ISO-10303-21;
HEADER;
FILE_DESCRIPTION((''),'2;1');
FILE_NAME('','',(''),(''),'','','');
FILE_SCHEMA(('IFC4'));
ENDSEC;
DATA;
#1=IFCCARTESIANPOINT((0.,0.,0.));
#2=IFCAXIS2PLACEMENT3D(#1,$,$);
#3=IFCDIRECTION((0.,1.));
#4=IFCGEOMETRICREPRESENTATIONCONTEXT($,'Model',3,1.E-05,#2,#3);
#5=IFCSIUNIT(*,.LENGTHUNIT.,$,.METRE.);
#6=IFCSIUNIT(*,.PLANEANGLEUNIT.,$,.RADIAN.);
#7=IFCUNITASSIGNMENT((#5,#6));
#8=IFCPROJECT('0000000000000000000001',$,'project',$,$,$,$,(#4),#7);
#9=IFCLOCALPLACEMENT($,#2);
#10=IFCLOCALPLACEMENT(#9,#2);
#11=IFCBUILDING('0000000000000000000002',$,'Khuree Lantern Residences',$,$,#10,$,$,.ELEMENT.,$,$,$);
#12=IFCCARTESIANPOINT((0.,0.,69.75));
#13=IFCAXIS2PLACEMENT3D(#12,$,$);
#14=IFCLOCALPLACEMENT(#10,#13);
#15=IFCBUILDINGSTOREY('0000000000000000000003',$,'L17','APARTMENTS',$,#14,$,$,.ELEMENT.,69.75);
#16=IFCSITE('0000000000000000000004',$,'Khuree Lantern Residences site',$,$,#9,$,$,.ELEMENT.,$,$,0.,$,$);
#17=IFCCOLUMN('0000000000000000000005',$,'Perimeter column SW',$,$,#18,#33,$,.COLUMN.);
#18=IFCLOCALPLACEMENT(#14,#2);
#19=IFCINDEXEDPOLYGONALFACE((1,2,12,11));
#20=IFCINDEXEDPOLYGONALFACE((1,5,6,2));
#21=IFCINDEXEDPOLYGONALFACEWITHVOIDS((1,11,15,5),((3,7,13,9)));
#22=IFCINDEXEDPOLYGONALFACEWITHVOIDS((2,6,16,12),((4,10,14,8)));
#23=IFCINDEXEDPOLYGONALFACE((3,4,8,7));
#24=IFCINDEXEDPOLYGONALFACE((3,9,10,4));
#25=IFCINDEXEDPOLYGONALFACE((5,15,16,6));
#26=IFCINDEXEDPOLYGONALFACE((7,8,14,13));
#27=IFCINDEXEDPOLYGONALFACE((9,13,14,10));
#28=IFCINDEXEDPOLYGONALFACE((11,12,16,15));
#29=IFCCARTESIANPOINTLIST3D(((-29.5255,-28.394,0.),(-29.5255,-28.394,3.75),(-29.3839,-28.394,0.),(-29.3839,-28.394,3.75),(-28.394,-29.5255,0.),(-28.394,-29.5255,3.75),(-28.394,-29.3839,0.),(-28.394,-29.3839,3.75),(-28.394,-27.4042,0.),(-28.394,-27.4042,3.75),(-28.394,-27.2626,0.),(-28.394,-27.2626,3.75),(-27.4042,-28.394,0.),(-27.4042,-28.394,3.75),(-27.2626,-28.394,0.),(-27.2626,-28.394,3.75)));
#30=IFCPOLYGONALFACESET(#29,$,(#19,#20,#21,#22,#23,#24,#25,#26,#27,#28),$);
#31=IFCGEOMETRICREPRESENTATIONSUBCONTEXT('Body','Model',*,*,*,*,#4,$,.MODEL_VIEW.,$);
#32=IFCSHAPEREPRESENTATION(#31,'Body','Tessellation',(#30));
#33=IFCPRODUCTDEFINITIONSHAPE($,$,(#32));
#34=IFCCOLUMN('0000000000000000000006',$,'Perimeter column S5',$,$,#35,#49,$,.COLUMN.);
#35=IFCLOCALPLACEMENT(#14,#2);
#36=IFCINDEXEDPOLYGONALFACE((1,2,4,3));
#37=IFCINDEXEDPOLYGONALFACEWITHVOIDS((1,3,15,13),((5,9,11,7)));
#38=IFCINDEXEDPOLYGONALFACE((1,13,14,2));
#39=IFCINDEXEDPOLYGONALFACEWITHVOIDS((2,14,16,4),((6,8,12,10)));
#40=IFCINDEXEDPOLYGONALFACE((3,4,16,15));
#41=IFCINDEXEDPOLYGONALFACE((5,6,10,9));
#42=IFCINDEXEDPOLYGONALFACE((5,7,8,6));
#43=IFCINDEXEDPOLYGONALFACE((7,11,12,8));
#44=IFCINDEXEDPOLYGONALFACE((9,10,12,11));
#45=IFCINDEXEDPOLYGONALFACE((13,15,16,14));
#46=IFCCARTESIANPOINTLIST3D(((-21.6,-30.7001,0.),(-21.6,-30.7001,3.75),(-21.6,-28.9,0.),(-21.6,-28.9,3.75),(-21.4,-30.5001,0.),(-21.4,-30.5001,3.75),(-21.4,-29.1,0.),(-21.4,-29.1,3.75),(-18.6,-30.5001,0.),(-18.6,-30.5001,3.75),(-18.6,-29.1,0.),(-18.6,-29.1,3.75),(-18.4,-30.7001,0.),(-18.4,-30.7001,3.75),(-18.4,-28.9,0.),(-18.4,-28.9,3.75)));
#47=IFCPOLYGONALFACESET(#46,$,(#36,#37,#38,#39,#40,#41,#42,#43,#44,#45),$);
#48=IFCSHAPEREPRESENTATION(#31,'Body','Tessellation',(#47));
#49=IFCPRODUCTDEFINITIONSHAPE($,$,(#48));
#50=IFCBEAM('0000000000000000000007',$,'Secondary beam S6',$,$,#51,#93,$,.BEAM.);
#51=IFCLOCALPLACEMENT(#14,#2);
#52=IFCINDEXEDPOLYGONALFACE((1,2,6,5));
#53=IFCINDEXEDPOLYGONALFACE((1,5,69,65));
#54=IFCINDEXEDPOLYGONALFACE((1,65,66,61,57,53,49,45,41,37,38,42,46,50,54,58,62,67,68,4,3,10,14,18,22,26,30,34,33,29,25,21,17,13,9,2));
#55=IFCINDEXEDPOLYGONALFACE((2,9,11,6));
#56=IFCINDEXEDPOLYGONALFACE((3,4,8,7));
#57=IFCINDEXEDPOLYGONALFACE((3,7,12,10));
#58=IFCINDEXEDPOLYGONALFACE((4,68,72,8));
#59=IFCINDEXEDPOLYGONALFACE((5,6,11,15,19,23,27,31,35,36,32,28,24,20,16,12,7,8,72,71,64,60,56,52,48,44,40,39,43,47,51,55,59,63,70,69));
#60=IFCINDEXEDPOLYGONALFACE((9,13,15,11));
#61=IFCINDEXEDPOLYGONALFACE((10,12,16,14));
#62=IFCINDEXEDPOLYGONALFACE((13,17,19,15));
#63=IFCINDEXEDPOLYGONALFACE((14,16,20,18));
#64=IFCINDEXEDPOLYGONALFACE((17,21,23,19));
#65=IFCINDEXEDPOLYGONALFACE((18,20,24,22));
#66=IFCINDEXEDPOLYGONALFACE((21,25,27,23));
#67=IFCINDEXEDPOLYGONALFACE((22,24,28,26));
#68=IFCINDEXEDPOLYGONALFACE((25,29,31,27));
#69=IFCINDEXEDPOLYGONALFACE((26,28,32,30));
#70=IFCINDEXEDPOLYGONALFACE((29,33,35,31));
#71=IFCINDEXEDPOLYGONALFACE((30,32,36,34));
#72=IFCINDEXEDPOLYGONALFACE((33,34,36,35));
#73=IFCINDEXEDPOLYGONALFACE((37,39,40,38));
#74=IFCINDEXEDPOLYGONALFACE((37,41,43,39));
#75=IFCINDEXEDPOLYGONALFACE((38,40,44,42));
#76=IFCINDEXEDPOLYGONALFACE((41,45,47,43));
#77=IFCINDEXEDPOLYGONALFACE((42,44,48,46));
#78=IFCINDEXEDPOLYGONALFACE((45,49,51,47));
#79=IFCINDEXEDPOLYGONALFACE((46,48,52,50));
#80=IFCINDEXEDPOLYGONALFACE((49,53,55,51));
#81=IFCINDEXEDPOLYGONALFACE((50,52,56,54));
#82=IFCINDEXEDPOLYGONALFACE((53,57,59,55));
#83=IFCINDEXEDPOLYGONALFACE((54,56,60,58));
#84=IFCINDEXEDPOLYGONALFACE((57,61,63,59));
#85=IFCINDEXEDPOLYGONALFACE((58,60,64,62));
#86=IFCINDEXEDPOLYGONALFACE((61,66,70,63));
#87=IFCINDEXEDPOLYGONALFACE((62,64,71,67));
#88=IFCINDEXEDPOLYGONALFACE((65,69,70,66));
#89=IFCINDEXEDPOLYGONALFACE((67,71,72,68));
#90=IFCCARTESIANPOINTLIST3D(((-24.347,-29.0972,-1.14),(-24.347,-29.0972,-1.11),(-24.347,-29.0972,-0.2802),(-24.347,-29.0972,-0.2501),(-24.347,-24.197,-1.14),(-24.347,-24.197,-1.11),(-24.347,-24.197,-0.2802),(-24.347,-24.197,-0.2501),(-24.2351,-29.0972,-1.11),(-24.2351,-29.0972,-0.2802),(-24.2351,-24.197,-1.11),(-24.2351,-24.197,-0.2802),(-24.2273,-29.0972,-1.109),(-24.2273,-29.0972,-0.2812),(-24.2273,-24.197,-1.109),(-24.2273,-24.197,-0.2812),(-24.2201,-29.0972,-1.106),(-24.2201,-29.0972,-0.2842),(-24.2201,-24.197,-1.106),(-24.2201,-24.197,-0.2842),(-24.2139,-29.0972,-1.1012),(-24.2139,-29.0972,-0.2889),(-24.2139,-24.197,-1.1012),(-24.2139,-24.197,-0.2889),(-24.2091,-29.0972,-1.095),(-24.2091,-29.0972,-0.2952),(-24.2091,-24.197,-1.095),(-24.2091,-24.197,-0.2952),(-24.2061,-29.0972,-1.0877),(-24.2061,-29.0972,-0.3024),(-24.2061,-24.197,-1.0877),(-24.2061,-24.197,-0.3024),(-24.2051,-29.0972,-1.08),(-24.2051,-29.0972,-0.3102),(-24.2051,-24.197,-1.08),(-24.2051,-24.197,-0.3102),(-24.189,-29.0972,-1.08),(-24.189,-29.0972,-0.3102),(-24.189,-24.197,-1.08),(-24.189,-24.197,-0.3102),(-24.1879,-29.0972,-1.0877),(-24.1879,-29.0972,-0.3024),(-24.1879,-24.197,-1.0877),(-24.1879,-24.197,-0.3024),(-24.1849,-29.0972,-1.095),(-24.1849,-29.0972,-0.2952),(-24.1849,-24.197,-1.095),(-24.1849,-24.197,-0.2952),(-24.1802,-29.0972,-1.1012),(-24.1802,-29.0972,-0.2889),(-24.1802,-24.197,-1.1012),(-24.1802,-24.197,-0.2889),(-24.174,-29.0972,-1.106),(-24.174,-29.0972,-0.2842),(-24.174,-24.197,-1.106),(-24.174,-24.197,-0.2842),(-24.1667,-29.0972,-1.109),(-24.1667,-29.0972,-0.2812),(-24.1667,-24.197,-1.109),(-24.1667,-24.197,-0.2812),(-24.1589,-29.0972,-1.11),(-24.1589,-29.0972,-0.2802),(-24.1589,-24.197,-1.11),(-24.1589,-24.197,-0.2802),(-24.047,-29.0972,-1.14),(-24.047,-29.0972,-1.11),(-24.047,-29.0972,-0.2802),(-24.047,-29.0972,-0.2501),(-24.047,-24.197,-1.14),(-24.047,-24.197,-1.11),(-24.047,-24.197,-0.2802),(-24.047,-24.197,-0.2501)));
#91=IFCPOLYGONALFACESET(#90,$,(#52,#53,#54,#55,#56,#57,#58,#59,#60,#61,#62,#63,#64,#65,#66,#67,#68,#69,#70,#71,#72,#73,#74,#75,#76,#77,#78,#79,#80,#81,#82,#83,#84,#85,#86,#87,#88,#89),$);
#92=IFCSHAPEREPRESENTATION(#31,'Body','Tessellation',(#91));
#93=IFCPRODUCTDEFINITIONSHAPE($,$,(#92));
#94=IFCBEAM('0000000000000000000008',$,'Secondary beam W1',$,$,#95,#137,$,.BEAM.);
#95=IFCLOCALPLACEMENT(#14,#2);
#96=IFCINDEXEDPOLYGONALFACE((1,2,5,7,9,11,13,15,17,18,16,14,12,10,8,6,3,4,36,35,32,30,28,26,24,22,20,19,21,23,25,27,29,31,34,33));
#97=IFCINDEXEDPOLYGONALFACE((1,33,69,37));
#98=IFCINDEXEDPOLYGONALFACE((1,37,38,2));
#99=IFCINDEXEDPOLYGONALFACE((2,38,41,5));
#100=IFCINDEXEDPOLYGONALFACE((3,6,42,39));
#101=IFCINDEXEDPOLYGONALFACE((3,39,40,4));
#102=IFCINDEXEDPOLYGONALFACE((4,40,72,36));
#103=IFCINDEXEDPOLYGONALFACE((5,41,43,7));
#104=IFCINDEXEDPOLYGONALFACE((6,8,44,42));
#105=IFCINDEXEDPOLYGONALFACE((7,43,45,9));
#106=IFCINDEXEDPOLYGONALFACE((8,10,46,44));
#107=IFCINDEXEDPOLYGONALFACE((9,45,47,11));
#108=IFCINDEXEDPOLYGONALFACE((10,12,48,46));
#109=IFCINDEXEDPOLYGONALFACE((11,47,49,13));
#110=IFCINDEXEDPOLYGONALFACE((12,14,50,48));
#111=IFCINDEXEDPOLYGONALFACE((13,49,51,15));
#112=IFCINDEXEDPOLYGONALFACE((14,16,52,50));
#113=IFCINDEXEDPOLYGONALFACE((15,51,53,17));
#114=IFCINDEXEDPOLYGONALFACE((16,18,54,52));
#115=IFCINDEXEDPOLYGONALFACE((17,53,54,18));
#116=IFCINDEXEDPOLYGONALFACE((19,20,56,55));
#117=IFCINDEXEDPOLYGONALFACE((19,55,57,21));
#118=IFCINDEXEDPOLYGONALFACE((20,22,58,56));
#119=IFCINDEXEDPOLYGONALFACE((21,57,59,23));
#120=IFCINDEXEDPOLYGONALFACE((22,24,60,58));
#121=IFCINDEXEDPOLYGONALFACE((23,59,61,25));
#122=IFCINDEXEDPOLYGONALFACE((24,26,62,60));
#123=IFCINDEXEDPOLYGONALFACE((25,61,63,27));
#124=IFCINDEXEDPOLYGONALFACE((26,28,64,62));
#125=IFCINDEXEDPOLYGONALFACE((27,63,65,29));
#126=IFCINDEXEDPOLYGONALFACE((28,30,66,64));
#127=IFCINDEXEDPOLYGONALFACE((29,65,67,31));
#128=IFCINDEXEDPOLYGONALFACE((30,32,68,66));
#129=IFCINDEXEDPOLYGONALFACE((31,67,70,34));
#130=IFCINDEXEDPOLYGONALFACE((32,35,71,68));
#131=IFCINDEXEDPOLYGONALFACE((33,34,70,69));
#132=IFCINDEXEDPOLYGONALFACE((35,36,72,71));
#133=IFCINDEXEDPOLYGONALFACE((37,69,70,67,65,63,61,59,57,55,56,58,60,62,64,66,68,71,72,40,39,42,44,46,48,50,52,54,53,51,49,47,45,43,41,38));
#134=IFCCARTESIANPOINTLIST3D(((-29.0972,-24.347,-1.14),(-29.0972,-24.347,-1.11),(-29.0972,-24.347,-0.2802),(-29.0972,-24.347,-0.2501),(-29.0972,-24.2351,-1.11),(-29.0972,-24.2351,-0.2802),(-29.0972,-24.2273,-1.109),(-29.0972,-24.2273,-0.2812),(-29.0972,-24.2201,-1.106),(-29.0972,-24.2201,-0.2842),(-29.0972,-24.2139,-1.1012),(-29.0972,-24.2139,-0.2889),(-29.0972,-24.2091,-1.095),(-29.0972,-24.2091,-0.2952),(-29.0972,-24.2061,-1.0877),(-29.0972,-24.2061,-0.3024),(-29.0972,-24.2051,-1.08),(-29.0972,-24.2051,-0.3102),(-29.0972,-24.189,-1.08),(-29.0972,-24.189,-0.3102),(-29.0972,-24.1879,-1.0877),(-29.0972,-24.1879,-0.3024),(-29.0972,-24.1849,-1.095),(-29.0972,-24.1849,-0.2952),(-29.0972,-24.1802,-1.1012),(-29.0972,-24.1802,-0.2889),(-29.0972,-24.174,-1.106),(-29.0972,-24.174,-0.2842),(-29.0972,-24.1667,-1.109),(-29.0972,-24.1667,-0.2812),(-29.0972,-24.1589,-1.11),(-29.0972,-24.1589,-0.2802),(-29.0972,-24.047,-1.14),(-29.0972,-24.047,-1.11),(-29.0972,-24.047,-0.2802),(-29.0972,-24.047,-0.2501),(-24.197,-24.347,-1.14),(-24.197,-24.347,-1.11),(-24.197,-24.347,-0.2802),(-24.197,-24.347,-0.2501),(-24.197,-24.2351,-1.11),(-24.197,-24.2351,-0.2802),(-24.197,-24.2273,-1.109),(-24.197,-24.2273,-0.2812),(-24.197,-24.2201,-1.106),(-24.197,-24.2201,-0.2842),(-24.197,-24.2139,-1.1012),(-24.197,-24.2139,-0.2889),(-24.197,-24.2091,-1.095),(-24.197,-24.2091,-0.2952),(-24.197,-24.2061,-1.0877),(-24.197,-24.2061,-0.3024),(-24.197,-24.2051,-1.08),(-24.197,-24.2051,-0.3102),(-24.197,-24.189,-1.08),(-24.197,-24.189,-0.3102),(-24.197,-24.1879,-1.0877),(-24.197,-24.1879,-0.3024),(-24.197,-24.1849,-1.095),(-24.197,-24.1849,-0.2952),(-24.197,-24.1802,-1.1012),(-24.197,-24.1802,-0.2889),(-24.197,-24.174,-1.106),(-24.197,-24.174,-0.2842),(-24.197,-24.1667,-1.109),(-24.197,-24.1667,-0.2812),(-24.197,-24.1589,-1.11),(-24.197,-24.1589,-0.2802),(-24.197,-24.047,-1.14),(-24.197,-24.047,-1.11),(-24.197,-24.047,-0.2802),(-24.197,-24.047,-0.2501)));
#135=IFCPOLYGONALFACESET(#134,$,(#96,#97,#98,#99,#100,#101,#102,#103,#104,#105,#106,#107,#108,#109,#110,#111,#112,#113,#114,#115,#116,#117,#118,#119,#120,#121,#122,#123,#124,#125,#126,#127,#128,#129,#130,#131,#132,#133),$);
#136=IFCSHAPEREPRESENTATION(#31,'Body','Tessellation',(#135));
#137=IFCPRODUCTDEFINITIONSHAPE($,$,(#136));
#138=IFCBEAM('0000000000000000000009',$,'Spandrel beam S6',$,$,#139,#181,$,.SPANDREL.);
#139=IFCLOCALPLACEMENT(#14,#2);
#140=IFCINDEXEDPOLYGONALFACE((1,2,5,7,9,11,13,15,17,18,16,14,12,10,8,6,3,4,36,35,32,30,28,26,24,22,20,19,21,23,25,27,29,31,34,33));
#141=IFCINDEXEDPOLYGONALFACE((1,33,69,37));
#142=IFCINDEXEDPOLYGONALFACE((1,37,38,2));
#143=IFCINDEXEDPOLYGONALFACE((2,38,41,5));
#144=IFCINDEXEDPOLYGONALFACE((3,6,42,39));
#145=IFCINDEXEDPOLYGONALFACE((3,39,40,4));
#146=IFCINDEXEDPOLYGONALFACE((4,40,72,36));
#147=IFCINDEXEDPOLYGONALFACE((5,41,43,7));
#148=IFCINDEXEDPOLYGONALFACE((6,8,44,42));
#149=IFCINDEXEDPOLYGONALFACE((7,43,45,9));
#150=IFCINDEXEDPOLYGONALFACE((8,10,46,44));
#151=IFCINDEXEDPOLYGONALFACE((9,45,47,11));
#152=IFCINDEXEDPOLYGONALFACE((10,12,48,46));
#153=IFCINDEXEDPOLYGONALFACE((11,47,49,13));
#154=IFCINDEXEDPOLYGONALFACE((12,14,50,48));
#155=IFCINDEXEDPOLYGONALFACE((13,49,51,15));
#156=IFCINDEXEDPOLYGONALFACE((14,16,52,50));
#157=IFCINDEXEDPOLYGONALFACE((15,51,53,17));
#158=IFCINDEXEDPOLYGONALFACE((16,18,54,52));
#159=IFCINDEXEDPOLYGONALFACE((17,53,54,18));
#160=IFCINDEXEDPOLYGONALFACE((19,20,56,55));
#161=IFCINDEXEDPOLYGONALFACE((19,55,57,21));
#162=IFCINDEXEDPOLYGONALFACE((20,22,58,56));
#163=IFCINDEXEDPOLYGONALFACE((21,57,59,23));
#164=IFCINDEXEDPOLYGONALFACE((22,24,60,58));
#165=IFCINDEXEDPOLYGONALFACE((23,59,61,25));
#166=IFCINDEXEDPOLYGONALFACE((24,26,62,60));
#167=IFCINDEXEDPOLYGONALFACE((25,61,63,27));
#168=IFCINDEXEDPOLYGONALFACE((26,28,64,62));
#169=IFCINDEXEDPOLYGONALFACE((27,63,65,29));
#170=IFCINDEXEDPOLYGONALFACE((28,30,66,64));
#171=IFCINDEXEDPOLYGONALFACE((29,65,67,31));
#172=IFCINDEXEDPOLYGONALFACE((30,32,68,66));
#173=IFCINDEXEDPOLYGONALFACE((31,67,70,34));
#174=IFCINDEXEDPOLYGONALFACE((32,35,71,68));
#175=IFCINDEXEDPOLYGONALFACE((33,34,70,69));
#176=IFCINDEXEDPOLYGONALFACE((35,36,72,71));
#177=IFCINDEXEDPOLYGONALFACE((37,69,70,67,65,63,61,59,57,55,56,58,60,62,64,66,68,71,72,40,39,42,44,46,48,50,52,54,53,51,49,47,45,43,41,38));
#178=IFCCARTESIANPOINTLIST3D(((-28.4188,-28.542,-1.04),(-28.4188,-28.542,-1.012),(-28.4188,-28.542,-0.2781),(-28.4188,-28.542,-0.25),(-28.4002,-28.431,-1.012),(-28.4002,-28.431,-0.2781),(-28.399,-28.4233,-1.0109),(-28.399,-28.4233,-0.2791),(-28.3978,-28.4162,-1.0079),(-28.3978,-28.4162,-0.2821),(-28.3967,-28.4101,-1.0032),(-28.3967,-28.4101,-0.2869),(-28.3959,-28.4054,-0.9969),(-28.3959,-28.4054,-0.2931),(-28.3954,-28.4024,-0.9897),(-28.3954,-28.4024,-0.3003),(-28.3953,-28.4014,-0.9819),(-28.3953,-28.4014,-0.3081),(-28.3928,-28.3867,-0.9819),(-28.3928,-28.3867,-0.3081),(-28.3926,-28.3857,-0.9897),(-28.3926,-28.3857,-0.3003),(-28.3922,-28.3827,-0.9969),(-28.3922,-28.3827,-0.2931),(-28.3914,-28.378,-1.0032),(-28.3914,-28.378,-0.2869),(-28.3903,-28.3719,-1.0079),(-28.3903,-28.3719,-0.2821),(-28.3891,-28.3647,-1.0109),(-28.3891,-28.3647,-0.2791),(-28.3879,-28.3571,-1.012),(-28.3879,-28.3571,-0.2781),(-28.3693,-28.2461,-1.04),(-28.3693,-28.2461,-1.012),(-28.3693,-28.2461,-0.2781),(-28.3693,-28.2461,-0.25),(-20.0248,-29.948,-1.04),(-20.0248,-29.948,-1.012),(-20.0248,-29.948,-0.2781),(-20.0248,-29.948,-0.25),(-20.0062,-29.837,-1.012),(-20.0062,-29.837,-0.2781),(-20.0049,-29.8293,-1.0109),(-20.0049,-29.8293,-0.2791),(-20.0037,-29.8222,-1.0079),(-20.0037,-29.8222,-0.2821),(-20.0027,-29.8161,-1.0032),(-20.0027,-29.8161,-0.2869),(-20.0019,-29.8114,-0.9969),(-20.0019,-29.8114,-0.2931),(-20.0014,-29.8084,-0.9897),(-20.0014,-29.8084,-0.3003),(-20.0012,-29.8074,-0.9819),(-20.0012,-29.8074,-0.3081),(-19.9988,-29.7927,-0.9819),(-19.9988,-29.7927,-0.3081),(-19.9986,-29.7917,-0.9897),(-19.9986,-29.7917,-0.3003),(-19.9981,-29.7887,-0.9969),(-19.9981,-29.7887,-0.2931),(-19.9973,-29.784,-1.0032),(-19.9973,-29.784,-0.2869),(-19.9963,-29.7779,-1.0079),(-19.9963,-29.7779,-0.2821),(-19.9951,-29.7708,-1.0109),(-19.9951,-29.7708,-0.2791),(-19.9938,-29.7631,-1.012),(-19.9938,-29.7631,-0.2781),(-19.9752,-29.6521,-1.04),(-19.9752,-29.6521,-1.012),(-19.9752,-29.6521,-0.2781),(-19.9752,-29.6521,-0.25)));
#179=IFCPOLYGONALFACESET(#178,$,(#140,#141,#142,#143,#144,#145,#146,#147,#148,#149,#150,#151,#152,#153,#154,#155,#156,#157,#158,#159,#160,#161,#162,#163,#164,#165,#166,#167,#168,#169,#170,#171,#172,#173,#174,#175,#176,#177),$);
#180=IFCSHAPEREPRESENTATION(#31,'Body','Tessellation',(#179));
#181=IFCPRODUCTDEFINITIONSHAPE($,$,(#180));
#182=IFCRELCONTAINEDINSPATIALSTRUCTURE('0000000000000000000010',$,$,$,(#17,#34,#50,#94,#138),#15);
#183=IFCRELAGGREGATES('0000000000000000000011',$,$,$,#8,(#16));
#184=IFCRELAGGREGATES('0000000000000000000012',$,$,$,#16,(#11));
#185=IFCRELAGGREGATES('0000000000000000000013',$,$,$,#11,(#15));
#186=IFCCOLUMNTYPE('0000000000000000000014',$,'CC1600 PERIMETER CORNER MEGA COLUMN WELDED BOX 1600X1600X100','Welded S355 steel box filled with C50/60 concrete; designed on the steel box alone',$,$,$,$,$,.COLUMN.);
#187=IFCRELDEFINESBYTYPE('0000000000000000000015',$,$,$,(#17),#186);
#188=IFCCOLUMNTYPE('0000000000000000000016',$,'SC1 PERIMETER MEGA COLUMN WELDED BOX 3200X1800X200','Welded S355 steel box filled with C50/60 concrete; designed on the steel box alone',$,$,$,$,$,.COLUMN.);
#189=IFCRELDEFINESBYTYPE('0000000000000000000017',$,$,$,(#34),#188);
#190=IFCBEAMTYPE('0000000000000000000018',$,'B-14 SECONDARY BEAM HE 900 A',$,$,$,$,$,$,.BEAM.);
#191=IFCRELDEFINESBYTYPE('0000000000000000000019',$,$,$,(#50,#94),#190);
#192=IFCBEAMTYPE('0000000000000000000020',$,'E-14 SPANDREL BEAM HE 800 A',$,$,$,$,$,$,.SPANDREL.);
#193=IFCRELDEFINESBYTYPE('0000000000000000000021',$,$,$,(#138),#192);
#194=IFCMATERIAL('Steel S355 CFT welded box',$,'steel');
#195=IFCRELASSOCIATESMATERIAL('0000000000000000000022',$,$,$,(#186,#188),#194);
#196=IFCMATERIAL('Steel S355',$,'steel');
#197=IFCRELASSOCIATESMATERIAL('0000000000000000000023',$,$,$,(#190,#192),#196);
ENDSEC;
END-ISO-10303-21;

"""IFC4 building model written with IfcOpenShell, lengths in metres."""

from ifc_helpers import new_model, si_unit, direction, frame, origin, origin_2d, place, context, subcontext, project, spatial, hollow_rectangle, i_section, extrude, material, material_profile, profile_set, type_object, element, save


model = new_model("IFC4")

# Units and contexts
model_context = context("Model", 3, precision=1e-05, world=origin(), true_north=direction((0.0, 1.0)))
body_context = subcontext(model_context, "Body", "Model", "MODEL_VIEW")
ifc_project = project(units=[si_unit("LENGTHUNIT", "METRE"), si_unit("PLANEANGLEUNIT", "RADIAN")], contexts=[model_context])

# Site, building, storey
site_placement = place(None, origin())
site = spatial("IfcSite", under=ifc_project, at=site_placement, Name="Khuree Lantern Residences site", CompositionType="ELEMENT", RefElevation=0.0)
building_placement = place(site_placement, origin())
building = spatial("IfcBuilding", under=site, at=building_placement, Name="Khuree Lantern Residences", CompositionType="ELEMENT")
storey_placement = place(building_placement, frame((0.0, 0.0, 69.75)))
storey = spatial("IfcBuildingStorey", under=building, at=storey_placement, Name="L17", Description="APARTMENTS", CompositionType="ELEMENT", Elevation=69.75)

# Columns
ifc_material_1 = material(Name="Steel S355 CFT welded box", Category="steel")
ifc_material_profile_1 = material_profile(ifc_material_1, hollow_rectangle(XDim=1.6001, YDim=1.6001, WallThickness=0.1001, at=origin_2d()), Name="WELDED BOX 1600X1600X100")
ifc_profile_set_1 = profile_set([ifc_material_profile_1], Name="Steel S355 CFT welded box")
column_type_1 = type_object("IfcColumnType", Name="CC1600 PERIMETER CORNER MEGA COLUMN WELDED BOX 1600X1600X100", Description="Welded S355 steel box filled with C50/60 concrete; designed on the steel box alone", PredefinedType="COLUMN", material=ifc_profile_set_1)
column_1_placement = place(storey_placement, frame((-28.394, -28.394, 0.0), z_axis=(0.0, 0.0, 1.0), x_axis=(0.707107, -0.707107, 0.0)))
element("IfcColumn", 1, at=column_1_placement, inside=storey, type_object=column_type_1, Name="Perimeter column SW", PredefinedType="COLUMN", context=body_context, shape_type="SweptSolid", body=[
    extrude(hollow_rectangle(XDim=1.6001, YDim=1.6001, WallThickness=0.1001, at=origin_2d()), origin(), (0.0, 0.0, 1.0), 3.75),
])
ifc_material_profile_2 = material_profile(ifc_material_1, hollow_rectangle(XDim=3.2, YDim=1.8, WallThickness=0.2, at=origin_2d()), Name="WELDED BOX 3200X1800X200")
ifc_profile_set_2 = profile_set([ifc_material_profile_2], Name="Steel S355 CFT welded box")
column_type_2 = type_object("IfcColumnType", Name="SC1 PERIMETER MEGA COLUMN WELDED BOX 3200X1800X200", Description="Welded S355 steel box filled with C50/60 concrete; designed on the steel box alone", PredefinedType="COLUMN", material=ifc_profile_set_2)
column_2_placement = place(storey_placement, frame((-20.0, -29.8, 0.0), z_axis=(0.0, 0.0, 1.0), x_axis=(1.0, 0.0, 0.0)))
element("IfcColumn", 2, at=column_2_placement, inside=storey, type_object=column_type_2, Name="Perimeter column S5", PredefinedType="COLUMN", context=body_context, shape_type="SweptSolid", body=[
    extrude(hollow_rectangle(XDim=3.2, YDim=1.8, WallThickness=0.2, at=origin_2d()), origin(), (0.0, 0.0, 1.0), 3.75),
])

# Beams
ifc_material_2 = material(Name="Steel S355", Category="steel")
ifc_material_profile_3 = material_profile(ifc_material_2, i_section(OverallWidth=0.3, OverallDepth=0.8899, WebThickness=0.0161, FlangeThickness=0.03, FilletRadius=0.03, at=origin_2d()), Name="HE 900 A")
ifc_profile_set_3 = profile_set([ifc_material_profile_3], Name="Steel S355")
beam_type_1 = type_object("IfcBeamType", Name="B-14 SECONDARY BEAM HE 900 A", PredefinedType="BEAM", material=ifc_profile_set_3)
for number, where, z_axis, x_axis, name in (
    (3, (-24.197, -29.0972, -0.6951), (0.0, 1.0, 0.0), (-1.0, 0.0, 0.0), "Secondary beam S6"),
    (4, (-29.0972, -24.197, -0.6951), (1.0, 0.0, 0.0), (0.0, 1.0, 0.0), "Secondary beam W1"),
):
    element("IfcBeam", number, at=place(storey_placement, frame(where, z_axis=z_axis, x_axis=x_axis)), inside=storey, type_object=beam_type_1, Name=name, PredefinedType="BEAM", context=body_context, shape_type="SweptSolid", body=[
        extrude(i_section(OverallWidth=0.3, OverallDepth=0.8899, WebThickness=0.0161, FlangeThickness=0.03, FilletRadius=0.03, at=origin_2d()), origin(), (0.0, 0.0, 1.0), 4.9001),
    ])
ifc_material_profile_4 = material_profile(ifc_material_2, i_section(OverallWidth=0.3, OverallDepth=0.79, WebThickness=0.0149, FlangeThickness=0.0281, FilletRadius=0.03, at=origin_2d()), Name="HE 800 A")
ifc_profile_set_4 = profile_set([ifc_material_profile_4], Name="Steel S355")
beam_type_2 = type_object("IfcBeamType", Name="E-14 SPANDREL BEAM HE 800 A", PredefinedType="SPANDREL", material=ifc_profile_set_4)
for number, where, z_axis, x_axis, name in (
    (5, (-20.0, -29.8, -0.645), (-0.98626, 0.165199, 0.0), (-0.165199, -0.98626, 0.0), "Spandrel beam S6"),
):
    element("IfcBeam", number, at=place(storey_placement, frame(where, z_axis=z_axis, x_axis=x_axis)), inside=storey, type_object=beam_type_2, Name=name, PredefinedType="SPANDREL", context=body_context, shape_type="SweptSolid", body=[
        extrude(i_section(OverallWidth=0.3, OverallDepth=0.79, WebThickness=0.0149, FlangeThickness=0.0281, FilletRadius=0.03, at=origin_2d()), origin(), (0.0, 0.0, 1.0), 8.511),
    ])

save(model, "model.ifc")
